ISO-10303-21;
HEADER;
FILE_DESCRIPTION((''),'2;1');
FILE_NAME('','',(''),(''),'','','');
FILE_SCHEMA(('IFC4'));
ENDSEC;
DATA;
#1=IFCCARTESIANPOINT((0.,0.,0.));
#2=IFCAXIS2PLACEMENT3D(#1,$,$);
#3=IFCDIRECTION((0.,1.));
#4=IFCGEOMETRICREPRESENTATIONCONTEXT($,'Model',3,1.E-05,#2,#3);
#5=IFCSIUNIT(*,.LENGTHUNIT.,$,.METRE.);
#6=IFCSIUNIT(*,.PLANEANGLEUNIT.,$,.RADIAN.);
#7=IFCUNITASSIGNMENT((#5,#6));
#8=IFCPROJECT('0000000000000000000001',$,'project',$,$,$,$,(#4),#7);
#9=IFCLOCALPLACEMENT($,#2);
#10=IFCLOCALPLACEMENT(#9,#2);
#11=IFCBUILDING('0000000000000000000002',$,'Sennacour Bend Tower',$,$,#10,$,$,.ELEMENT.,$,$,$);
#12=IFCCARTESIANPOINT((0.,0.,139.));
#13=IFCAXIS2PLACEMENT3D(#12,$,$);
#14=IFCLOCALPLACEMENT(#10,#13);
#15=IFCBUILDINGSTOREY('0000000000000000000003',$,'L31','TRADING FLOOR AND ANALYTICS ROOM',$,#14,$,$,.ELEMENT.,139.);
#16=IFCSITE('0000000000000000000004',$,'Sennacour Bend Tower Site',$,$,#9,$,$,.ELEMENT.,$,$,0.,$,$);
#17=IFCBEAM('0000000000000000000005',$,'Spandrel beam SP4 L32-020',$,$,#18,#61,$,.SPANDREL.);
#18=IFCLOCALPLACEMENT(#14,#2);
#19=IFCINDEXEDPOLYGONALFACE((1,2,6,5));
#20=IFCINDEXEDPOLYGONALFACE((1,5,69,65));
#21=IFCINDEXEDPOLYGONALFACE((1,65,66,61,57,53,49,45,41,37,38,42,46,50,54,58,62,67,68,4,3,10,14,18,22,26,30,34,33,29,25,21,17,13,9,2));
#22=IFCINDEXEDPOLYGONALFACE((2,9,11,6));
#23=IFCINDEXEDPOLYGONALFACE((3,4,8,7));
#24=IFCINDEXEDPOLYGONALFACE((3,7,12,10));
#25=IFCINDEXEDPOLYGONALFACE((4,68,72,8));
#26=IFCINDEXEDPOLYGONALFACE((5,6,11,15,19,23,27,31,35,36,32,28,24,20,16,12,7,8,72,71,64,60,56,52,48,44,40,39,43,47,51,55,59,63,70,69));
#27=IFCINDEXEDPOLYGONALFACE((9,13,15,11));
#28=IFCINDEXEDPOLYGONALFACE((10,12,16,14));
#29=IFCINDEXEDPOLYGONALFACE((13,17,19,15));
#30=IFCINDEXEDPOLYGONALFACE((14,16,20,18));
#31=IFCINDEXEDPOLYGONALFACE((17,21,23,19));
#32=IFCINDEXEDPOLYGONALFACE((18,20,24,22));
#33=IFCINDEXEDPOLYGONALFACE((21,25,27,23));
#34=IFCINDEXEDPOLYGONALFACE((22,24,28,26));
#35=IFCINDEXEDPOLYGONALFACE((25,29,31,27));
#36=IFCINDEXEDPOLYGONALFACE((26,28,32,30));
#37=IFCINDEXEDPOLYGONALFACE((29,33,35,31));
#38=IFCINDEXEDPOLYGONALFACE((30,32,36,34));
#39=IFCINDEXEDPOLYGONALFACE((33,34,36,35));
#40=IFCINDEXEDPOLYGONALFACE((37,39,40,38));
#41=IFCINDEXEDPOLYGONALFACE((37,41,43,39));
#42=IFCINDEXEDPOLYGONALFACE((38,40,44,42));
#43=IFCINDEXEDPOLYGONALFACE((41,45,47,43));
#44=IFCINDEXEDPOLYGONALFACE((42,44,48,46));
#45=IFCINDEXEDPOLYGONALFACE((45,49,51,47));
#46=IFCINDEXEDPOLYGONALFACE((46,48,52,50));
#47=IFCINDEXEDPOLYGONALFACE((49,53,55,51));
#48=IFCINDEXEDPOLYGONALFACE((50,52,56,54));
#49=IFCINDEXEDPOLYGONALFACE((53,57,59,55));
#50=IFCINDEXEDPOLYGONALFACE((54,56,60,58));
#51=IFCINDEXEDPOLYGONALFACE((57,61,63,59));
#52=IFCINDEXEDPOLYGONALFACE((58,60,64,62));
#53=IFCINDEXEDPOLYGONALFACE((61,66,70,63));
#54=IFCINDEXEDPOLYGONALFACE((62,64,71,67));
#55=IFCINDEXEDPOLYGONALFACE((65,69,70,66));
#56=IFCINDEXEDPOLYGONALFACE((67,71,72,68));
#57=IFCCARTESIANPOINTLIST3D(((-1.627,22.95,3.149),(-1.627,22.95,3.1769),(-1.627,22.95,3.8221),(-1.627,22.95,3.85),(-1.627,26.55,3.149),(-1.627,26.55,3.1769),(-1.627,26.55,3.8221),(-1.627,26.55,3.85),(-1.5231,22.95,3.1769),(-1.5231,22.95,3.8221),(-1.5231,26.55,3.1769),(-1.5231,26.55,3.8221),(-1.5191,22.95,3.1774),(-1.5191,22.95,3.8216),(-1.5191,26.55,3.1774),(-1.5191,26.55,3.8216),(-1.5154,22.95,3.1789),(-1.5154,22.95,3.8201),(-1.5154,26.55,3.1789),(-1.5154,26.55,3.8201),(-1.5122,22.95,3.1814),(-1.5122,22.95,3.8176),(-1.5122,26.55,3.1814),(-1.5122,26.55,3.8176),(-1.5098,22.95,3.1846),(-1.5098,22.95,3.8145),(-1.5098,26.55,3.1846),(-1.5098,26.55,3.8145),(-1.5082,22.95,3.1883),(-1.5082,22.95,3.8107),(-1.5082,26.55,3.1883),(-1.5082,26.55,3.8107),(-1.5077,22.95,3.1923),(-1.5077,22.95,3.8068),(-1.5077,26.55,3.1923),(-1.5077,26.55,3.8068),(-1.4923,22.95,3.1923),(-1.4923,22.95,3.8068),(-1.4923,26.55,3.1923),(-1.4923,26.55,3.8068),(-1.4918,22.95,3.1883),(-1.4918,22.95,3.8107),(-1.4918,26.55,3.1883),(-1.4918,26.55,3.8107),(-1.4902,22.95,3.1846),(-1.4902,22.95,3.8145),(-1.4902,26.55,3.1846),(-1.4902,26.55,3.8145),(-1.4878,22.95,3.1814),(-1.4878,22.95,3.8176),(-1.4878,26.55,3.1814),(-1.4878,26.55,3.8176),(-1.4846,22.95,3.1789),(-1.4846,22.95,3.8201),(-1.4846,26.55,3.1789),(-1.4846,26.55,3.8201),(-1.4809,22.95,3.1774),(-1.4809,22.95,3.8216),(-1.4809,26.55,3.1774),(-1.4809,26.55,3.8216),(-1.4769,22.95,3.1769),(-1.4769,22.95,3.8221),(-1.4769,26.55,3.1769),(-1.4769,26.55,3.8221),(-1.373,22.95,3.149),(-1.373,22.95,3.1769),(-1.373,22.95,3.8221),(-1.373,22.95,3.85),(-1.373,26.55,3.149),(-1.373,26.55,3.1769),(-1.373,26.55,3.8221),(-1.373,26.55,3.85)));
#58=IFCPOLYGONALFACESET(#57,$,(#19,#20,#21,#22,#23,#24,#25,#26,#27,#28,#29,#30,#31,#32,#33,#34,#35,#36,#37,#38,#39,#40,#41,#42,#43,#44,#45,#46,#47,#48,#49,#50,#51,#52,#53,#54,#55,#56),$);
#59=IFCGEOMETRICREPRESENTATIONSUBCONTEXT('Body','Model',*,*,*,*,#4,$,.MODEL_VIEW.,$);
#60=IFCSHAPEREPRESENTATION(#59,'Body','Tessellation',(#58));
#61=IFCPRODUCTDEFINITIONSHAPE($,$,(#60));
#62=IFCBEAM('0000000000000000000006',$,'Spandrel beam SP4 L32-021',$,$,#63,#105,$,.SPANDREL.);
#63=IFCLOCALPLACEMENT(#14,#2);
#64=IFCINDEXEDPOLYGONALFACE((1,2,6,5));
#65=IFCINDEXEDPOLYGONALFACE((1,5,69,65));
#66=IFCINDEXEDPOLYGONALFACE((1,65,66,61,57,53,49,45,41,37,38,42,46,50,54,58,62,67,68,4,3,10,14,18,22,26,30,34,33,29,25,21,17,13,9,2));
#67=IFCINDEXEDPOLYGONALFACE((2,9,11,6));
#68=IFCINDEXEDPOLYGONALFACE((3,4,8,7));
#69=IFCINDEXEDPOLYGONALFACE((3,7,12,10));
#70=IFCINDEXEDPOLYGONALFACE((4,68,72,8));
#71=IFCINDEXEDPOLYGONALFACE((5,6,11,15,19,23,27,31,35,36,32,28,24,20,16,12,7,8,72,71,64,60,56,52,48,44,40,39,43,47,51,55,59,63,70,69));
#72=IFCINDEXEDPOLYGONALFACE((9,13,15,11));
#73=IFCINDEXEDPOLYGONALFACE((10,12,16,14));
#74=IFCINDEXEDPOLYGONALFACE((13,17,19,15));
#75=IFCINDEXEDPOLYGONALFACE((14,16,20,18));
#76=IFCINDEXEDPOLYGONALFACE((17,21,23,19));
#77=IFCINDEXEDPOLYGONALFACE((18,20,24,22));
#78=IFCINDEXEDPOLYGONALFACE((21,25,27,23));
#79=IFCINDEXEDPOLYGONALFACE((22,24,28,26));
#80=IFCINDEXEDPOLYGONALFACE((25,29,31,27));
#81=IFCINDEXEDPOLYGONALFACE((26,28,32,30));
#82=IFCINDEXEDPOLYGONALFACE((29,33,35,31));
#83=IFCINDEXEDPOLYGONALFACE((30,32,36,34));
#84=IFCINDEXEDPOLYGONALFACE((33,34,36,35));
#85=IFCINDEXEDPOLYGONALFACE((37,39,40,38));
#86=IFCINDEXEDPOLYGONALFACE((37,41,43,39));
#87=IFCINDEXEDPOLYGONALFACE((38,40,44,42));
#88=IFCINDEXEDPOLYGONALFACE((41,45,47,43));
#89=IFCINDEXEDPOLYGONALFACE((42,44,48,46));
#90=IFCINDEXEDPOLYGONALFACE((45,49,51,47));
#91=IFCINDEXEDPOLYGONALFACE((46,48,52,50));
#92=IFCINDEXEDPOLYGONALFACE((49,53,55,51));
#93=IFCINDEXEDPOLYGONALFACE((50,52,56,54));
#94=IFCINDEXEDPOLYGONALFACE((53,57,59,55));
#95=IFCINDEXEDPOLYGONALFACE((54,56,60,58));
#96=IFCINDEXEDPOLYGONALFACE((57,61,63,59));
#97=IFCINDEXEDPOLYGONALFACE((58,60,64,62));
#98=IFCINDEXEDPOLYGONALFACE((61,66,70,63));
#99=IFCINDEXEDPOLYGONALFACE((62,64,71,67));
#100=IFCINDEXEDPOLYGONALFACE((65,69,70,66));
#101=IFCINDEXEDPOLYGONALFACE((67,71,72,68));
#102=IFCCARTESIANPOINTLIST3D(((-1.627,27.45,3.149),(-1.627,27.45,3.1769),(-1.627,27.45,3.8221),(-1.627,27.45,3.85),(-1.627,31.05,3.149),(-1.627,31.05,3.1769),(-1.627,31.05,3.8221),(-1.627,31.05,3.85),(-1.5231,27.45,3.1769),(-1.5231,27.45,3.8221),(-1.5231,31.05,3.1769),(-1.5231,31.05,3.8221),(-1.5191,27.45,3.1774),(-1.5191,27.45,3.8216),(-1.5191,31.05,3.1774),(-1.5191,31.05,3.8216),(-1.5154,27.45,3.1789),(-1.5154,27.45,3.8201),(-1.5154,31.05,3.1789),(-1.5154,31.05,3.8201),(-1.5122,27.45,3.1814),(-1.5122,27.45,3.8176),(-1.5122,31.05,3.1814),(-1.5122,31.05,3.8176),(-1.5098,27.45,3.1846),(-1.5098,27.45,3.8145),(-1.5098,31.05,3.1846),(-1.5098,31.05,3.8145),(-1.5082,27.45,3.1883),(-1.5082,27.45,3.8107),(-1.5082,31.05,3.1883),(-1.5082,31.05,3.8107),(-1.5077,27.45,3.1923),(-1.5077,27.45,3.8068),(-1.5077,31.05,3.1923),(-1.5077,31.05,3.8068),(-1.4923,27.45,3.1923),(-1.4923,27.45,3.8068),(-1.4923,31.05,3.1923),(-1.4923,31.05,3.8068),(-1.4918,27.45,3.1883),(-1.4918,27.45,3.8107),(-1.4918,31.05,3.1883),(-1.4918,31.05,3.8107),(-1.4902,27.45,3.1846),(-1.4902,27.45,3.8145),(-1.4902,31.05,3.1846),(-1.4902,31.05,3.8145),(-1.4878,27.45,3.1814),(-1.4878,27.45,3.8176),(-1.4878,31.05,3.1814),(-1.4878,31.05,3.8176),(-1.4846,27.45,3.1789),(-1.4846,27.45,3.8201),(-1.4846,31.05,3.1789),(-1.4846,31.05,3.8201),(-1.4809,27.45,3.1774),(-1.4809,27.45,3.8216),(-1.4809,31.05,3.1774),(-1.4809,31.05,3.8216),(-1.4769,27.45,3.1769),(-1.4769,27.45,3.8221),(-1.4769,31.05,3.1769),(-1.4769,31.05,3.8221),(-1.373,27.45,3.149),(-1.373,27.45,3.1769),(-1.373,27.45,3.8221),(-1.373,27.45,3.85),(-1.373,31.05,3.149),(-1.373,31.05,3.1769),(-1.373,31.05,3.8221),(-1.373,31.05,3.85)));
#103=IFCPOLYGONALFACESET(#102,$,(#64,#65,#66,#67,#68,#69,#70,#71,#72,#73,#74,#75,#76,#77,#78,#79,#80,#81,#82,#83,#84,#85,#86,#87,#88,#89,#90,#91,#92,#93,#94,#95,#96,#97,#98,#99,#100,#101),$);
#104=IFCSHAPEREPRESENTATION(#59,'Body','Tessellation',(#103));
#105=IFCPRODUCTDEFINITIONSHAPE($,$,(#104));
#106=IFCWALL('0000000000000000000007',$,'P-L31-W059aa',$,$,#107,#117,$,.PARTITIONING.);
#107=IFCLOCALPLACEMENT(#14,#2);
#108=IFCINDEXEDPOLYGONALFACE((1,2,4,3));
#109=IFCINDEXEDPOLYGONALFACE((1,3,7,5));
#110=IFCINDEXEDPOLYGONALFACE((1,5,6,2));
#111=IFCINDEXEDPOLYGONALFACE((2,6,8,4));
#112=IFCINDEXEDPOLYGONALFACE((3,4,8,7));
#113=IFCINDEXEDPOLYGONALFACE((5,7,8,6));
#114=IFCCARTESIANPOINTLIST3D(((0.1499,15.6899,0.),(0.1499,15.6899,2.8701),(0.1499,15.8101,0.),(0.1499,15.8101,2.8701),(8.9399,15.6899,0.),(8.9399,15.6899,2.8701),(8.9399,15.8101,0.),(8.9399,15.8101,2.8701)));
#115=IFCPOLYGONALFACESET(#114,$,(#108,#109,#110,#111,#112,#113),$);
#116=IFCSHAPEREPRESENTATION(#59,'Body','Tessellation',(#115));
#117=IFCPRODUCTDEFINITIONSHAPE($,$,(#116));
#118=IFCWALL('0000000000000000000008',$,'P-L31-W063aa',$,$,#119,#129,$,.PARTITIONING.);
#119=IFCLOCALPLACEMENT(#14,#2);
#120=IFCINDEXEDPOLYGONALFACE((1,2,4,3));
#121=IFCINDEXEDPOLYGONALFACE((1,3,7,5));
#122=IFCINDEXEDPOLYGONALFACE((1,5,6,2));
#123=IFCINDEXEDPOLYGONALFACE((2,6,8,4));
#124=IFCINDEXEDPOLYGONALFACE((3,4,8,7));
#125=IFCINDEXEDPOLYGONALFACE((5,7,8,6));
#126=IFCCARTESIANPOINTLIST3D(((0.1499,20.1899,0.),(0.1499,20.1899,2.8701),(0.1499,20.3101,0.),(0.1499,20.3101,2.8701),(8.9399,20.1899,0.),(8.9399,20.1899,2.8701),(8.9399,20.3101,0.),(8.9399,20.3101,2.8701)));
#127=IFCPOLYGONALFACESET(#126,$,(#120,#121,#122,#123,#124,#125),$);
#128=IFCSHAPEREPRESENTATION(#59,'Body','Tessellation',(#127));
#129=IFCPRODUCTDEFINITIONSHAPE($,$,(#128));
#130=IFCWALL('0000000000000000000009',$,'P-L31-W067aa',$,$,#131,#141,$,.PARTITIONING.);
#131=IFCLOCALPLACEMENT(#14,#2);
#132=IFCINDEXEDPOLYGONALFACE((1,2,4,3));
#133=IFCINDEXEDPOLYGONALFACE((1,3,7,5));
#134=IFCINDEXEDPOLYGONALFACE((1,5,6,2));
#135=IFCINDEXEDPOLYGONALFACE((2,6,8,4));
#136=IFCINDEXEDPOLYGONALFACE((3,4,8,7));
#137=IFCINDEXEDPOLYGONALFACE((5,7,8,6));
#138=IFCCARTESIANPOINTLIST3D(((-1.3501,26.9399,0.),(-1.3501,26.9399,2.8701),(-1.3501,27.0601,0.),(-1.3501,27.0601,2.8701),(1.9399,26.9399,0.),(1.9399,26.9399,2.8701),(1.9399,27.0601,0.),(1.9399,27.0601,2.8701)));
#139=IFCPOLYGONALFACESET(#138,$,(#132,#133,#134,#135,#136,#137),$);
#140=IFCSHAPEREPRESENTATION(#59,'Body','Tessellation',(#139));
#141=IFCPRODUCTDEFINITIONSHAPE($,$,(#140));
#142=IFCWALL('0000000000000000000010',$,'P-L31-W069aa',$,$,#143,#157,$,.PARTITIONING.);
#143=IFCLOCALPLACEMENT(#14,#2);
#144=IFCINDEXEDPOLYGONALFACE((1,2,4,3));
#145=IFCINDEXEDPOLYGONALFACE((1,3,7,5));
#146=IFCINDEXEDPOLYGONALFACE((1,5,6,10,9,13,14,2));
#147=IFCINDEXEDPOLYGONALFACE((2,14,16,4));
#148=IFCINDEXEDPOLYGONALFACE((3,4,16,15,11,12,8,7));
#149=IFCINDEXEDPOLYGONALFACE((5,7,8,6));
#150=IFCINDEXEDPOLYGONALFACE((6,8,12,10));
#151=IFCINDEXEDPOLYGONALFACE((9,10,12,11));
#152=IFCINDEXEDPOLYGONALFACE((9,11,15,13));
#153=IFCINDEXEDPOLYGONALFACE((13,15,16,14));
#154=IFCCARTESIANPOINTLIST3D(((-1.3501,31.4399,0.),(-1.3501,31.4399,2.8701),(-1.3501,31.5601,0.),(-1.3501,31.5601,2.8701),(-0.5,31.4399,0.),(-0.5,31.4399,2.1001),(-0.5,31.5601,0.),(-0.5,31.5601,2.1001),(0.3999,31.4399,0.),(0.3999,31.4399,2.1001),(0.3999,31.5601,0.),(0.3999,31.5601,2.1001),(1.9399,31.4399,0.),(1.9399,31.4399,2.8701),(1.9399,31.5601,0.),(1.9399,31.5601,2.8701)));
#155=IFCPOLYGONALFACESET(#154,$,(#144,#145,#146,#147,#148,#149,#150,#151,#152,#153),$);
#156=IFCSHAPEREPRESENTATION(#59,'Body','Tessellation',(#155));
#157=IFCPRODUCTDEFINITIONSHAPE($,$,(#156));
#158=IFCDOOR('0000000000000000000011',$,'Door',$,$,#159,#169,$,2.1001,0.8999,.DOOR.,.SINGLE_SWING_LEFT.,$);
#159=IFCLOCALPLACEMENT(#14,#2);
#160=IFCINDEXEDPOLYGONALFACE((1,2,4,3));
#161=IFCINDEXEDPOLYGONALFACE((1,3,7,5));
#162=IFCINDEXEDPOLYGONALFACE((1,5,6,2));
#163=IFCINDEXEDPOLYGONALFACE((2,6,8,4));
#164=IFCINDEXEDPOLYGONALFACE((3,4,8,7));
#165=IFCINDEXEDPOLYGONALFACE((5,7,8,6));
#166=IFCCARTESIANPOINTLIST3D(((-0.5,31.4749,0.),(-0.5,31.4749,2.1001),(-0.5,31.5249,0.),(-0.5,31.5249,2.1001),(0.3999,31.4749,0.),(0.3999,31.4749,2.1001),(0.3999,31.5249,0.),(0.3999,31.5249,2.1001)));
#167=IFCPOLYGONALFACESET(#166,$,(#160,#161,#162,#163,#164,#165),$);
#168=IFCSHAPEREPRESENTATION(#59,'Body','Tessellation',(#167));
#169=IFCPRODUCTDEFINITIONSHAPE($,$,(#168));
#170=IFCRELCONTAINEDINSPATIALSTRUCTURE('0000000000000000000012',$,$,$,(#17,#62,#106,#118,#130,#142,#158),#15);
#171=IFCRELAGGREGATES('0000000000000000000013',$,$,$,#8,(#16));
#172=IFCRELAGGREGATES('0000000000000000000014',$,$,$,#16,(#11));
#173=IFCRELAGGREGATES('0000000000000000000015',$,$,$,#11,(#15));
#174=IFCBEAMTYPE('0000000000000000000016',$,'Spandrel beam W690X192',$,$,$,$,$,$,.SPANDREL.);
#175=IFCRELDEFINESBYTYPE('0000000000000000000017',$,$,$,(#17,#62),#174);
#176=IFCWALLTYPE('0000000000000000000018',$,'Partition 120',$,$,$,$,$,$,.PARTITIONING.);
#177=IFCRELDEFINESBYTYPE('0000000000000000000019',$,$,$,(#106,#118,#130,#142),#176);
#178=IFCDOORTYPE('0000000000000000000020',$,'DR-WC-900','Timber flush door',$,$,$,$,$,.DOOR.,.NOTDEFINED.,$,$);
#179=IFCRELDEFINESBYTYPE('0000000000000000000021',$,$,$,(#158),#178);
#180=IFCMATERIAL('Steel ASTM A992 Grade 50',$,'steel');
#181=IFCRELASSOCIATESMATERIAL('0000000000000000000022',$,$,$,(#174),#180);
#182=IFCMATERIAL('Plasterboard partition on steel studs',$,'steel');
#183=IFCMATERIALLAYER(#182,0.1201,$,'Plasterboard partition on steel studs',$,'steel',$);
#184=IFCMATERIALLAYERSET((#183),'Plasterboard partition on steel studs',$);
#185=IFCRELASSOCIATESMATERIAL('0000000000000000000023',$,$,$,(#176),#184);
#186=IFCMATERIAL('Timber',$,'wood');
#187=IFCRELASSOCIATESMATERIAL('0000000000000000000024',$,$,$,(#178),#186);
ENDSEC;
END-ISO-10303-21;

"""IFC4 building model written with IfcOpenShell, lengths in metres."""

from ifc_helpers import new_model, si_unit, direction, frame, frame_2d, origin, origin_2d, place, context, subcontext, project, spatial, rectangle, i_section, extrude, material, layer, layer_set, material_profile, profile_set, type_object, element, fill, save


model = new_model("IFC4")

# Units and contexts
model_context = context("Model", 3, precision=1e-05, world=origin(), true_north=direction((0.0, 1.0)))
body_context = subcontext(model_context, "Body", "Model", "MODEL_VIEW")
ifc_project = project(units=[si_unit("LENGTHUNIT", "METRE"), si_unit("PLANEANGLEUNIT", "RADIAN")], contexts=[model_context])

# Site, building, storey
site_placement = place(None, origin())
site = spatial("IfcSite", under=ifc_project, at=site_placement, Name="Sennacour Bend Tower Site", CompositionType="ELEMENT", RefElevation=0.0)
building_placement = place(site_placement, origin())
building = spatial("IfcBuilding", under=site, at=building_placement, Name="Sennacour Bend Tower", CompositionType="ELEMENT")
storey_placement = place(building_placement, frame((0.0, 0.0, 139.0)))
storey = spatial("IfcBuildingStorey", under=building, at=storey_placement, Name="L31", Description="TRADING FLOOR AND ANALYTICS ROOM", CompositionType="ELEMENT", Elevation=139.0)

# Beams
ifc_material_1 = material(Name="Steel ASTM A992 Grade 50", Category="steel")
ifc_material_profile_1 = material_profile(ifc_material_1, i_section(OverallWidth=0.2539, OverallDepth=0.7009, WebThickness=0.0154, FlangeThickness=0.0278, FilletRadius=0.0154, at=origin_2d()), Name="Steel ASTM A992 Grade 50", Category="steel")
ifc_profile_set_1 = profile_set([ifc_material_profile_1], Name="Steel ASTM A992 Grade 50")
beam_type_1 = type_object("IfcBeamType", Name="Spandrel beam W690X192", PredefinedType="SPANDREL", material=ifc_profile_set_1)
for number, where, z_axis, x_axis, name in (
    (1, (-1.5, 22.95, 3.4995), (0.0, 1.0, 0.0), (-1.0, 0.0, 0.0), "Spandrel beam SP4 L32-020"),
    (2, (-1.5, 27.45, 3.4995), (0.0, 1.0, 0.0), (-1.0, 0.0, 0.0), "Spandrel beam SP4 L32-021"),
):
    element("IfcBeam", number, at=place(storey_placement, frame(where, z_axis=z_axis, x_axis=x_axis)), inside=storey, type_object=beam_type_1, Name=name, PredefinedType="SPANDREL", context=body_context, shape_type="SweptSolid", body=[
        extrude(i_section(OverallWidth=0.2539, OverallDepth=0.7009, WebThickness=0.0154, FlangeThickness=0.0278, FilletRadius=0.0154, at=origin_2d()), origin(), (0.0, 0.0, 1.0), 3.6001),
    ])

# Walls
ifc_material_2 = material(Name="Plasterboard partition on steel studs", Category="steel")
ifc_layer_1 = layer(ifc_material_2, 0.1201, Name="Plasterboard partition on steel studs", Category="steel")
ifc_layer_set_1 = layer_set([ifc_layer_1], Name="Plasterboard partition on steel studs")
wall_type_1 = type_object("IfcWallType", Name="Partition 120", PredefinedType="PARTITIONING", material=ifc_layer_set_1)
for number, where, z_axis, x_axis, name in (
    (3, (0.1499, 15.75, 0.0), (0.0, 0.0, 1.0), (1.0, 0.0, 0.0), "P-L31-W059aa"),
    (4, (0.1499, 20.25, 0.0), (0.0, 0.0, 1.0), (1.0, 0.0, 0.0), "P-L31-W063aa"),
):
    element("IfcWall", number, at=place(storey_placement, frame(where, z_axis=z_axis, x_axis=x_axis)), inside=storey, type_object=wall_type_1, Name=name, PredefinedType="PARTITIONING", context=body_context, shape_type="SweptSolid", body=[
        extrude(rectangle(XDim=8.79, YDim=0.1201, at=frame_2d((4.395, 0.0))), origin(), (0.0, 0.0, 1.0), 2.8701),
    ])
wall_1_placement = place(storey_placement, frame((-1.3501, 27.0, 0.0), z_axis=(0.0, 0.0, 1.0), x_axis=(1.0, 0.0, 0.0)))
element("IfcWall", 5, at=wall_1_placement, inside=storey, type_object=wall_type_1, Name="P-L31-W067aa", PredefinedType="PARTITIONING", context=body_context, shape_type="SweptSolid", body=[
    extrude(rectangle(XDim=3.29, YDim=0.1201, at=frame_2d((1.645, 0.0))), origin(), (0.0, 0.0, 1.0), 2.8701),
])

# Wall, opening, door
wall_2_placement = place(storey_placement, frame((-1.3501, 31.5, 0.0), z_axis=(0.0, 0.0, 1.0), x_axis=(1.0, 0.0, 0.0)))
wall_2 = element("IfcWall", 6, at=wall_2_placement, inside=storey, type_object=wall_type_1, Name="P-L31-W069aa", PredefinedType="PARTITIONING", context=body_context, shape_type="SweptSolid", body=[
    extrude(rectangle(XDim=3.29, YDim=0.1201, at=frame_2d((1.645, 0.0))), origin(), (0.0, 0.0, 1.0), 2.8701),
])
opening_1_placement = place(wall_2_placement, frame((0.8501, 0.0, 0.0)))
opening_1 = element("IfcOpeningElement", 7, at=opening_1_placement, cuts=wall_2, PredefinedType="OPENING", context=body_context, shape_type="SweptSolid", body=[
    extrude(rectangle(XDim=0.8999, YDim=2.1001, at=frame_2d((0.45, 1.05))), frame((0.0, 0.0701, 0.0), z_axis=(0.0, -1.0, 0.0), x_axis=(1.0, 0.0, 0.0)), (0.0, 0.0, 1.0), 0.1401),
])
ifc_material_3 = material(Name="Timber", Category="wood")
door_type = type_object("IfcDoorType", Name="DR-WC-900", Description="Timber flush door", OperationType="NOTDEFINED", PredefinedType="DOOR", material=ifc_material_3)
door_placement = place(opening_1_placement, origin())
door = element("IfcDoor", 8, at=door_placement, inside=storey, type_object=door_type, Name="Door", OperationType="SINGLE_SWING_LEFT", OverallHeight=2.1001, OverallWidth=0.8999, PredefinedType="DOOR", context=body_context, shape_type="SweptSolid", body=[
    extrude(rectangle(XDim=0.8999, YDim=2.1001, at=frame_2d((0.45, 1.05))), frame((0.0, 0.0249, 0.0), z_axis=(0.0, -1.0, 0.0), x_axis=(1.0, 0.0, 0.0)), (0.0, 0.0, 1.0), 0.05),
])
fill(opening_1, door)

save(model, "model.ifc")
